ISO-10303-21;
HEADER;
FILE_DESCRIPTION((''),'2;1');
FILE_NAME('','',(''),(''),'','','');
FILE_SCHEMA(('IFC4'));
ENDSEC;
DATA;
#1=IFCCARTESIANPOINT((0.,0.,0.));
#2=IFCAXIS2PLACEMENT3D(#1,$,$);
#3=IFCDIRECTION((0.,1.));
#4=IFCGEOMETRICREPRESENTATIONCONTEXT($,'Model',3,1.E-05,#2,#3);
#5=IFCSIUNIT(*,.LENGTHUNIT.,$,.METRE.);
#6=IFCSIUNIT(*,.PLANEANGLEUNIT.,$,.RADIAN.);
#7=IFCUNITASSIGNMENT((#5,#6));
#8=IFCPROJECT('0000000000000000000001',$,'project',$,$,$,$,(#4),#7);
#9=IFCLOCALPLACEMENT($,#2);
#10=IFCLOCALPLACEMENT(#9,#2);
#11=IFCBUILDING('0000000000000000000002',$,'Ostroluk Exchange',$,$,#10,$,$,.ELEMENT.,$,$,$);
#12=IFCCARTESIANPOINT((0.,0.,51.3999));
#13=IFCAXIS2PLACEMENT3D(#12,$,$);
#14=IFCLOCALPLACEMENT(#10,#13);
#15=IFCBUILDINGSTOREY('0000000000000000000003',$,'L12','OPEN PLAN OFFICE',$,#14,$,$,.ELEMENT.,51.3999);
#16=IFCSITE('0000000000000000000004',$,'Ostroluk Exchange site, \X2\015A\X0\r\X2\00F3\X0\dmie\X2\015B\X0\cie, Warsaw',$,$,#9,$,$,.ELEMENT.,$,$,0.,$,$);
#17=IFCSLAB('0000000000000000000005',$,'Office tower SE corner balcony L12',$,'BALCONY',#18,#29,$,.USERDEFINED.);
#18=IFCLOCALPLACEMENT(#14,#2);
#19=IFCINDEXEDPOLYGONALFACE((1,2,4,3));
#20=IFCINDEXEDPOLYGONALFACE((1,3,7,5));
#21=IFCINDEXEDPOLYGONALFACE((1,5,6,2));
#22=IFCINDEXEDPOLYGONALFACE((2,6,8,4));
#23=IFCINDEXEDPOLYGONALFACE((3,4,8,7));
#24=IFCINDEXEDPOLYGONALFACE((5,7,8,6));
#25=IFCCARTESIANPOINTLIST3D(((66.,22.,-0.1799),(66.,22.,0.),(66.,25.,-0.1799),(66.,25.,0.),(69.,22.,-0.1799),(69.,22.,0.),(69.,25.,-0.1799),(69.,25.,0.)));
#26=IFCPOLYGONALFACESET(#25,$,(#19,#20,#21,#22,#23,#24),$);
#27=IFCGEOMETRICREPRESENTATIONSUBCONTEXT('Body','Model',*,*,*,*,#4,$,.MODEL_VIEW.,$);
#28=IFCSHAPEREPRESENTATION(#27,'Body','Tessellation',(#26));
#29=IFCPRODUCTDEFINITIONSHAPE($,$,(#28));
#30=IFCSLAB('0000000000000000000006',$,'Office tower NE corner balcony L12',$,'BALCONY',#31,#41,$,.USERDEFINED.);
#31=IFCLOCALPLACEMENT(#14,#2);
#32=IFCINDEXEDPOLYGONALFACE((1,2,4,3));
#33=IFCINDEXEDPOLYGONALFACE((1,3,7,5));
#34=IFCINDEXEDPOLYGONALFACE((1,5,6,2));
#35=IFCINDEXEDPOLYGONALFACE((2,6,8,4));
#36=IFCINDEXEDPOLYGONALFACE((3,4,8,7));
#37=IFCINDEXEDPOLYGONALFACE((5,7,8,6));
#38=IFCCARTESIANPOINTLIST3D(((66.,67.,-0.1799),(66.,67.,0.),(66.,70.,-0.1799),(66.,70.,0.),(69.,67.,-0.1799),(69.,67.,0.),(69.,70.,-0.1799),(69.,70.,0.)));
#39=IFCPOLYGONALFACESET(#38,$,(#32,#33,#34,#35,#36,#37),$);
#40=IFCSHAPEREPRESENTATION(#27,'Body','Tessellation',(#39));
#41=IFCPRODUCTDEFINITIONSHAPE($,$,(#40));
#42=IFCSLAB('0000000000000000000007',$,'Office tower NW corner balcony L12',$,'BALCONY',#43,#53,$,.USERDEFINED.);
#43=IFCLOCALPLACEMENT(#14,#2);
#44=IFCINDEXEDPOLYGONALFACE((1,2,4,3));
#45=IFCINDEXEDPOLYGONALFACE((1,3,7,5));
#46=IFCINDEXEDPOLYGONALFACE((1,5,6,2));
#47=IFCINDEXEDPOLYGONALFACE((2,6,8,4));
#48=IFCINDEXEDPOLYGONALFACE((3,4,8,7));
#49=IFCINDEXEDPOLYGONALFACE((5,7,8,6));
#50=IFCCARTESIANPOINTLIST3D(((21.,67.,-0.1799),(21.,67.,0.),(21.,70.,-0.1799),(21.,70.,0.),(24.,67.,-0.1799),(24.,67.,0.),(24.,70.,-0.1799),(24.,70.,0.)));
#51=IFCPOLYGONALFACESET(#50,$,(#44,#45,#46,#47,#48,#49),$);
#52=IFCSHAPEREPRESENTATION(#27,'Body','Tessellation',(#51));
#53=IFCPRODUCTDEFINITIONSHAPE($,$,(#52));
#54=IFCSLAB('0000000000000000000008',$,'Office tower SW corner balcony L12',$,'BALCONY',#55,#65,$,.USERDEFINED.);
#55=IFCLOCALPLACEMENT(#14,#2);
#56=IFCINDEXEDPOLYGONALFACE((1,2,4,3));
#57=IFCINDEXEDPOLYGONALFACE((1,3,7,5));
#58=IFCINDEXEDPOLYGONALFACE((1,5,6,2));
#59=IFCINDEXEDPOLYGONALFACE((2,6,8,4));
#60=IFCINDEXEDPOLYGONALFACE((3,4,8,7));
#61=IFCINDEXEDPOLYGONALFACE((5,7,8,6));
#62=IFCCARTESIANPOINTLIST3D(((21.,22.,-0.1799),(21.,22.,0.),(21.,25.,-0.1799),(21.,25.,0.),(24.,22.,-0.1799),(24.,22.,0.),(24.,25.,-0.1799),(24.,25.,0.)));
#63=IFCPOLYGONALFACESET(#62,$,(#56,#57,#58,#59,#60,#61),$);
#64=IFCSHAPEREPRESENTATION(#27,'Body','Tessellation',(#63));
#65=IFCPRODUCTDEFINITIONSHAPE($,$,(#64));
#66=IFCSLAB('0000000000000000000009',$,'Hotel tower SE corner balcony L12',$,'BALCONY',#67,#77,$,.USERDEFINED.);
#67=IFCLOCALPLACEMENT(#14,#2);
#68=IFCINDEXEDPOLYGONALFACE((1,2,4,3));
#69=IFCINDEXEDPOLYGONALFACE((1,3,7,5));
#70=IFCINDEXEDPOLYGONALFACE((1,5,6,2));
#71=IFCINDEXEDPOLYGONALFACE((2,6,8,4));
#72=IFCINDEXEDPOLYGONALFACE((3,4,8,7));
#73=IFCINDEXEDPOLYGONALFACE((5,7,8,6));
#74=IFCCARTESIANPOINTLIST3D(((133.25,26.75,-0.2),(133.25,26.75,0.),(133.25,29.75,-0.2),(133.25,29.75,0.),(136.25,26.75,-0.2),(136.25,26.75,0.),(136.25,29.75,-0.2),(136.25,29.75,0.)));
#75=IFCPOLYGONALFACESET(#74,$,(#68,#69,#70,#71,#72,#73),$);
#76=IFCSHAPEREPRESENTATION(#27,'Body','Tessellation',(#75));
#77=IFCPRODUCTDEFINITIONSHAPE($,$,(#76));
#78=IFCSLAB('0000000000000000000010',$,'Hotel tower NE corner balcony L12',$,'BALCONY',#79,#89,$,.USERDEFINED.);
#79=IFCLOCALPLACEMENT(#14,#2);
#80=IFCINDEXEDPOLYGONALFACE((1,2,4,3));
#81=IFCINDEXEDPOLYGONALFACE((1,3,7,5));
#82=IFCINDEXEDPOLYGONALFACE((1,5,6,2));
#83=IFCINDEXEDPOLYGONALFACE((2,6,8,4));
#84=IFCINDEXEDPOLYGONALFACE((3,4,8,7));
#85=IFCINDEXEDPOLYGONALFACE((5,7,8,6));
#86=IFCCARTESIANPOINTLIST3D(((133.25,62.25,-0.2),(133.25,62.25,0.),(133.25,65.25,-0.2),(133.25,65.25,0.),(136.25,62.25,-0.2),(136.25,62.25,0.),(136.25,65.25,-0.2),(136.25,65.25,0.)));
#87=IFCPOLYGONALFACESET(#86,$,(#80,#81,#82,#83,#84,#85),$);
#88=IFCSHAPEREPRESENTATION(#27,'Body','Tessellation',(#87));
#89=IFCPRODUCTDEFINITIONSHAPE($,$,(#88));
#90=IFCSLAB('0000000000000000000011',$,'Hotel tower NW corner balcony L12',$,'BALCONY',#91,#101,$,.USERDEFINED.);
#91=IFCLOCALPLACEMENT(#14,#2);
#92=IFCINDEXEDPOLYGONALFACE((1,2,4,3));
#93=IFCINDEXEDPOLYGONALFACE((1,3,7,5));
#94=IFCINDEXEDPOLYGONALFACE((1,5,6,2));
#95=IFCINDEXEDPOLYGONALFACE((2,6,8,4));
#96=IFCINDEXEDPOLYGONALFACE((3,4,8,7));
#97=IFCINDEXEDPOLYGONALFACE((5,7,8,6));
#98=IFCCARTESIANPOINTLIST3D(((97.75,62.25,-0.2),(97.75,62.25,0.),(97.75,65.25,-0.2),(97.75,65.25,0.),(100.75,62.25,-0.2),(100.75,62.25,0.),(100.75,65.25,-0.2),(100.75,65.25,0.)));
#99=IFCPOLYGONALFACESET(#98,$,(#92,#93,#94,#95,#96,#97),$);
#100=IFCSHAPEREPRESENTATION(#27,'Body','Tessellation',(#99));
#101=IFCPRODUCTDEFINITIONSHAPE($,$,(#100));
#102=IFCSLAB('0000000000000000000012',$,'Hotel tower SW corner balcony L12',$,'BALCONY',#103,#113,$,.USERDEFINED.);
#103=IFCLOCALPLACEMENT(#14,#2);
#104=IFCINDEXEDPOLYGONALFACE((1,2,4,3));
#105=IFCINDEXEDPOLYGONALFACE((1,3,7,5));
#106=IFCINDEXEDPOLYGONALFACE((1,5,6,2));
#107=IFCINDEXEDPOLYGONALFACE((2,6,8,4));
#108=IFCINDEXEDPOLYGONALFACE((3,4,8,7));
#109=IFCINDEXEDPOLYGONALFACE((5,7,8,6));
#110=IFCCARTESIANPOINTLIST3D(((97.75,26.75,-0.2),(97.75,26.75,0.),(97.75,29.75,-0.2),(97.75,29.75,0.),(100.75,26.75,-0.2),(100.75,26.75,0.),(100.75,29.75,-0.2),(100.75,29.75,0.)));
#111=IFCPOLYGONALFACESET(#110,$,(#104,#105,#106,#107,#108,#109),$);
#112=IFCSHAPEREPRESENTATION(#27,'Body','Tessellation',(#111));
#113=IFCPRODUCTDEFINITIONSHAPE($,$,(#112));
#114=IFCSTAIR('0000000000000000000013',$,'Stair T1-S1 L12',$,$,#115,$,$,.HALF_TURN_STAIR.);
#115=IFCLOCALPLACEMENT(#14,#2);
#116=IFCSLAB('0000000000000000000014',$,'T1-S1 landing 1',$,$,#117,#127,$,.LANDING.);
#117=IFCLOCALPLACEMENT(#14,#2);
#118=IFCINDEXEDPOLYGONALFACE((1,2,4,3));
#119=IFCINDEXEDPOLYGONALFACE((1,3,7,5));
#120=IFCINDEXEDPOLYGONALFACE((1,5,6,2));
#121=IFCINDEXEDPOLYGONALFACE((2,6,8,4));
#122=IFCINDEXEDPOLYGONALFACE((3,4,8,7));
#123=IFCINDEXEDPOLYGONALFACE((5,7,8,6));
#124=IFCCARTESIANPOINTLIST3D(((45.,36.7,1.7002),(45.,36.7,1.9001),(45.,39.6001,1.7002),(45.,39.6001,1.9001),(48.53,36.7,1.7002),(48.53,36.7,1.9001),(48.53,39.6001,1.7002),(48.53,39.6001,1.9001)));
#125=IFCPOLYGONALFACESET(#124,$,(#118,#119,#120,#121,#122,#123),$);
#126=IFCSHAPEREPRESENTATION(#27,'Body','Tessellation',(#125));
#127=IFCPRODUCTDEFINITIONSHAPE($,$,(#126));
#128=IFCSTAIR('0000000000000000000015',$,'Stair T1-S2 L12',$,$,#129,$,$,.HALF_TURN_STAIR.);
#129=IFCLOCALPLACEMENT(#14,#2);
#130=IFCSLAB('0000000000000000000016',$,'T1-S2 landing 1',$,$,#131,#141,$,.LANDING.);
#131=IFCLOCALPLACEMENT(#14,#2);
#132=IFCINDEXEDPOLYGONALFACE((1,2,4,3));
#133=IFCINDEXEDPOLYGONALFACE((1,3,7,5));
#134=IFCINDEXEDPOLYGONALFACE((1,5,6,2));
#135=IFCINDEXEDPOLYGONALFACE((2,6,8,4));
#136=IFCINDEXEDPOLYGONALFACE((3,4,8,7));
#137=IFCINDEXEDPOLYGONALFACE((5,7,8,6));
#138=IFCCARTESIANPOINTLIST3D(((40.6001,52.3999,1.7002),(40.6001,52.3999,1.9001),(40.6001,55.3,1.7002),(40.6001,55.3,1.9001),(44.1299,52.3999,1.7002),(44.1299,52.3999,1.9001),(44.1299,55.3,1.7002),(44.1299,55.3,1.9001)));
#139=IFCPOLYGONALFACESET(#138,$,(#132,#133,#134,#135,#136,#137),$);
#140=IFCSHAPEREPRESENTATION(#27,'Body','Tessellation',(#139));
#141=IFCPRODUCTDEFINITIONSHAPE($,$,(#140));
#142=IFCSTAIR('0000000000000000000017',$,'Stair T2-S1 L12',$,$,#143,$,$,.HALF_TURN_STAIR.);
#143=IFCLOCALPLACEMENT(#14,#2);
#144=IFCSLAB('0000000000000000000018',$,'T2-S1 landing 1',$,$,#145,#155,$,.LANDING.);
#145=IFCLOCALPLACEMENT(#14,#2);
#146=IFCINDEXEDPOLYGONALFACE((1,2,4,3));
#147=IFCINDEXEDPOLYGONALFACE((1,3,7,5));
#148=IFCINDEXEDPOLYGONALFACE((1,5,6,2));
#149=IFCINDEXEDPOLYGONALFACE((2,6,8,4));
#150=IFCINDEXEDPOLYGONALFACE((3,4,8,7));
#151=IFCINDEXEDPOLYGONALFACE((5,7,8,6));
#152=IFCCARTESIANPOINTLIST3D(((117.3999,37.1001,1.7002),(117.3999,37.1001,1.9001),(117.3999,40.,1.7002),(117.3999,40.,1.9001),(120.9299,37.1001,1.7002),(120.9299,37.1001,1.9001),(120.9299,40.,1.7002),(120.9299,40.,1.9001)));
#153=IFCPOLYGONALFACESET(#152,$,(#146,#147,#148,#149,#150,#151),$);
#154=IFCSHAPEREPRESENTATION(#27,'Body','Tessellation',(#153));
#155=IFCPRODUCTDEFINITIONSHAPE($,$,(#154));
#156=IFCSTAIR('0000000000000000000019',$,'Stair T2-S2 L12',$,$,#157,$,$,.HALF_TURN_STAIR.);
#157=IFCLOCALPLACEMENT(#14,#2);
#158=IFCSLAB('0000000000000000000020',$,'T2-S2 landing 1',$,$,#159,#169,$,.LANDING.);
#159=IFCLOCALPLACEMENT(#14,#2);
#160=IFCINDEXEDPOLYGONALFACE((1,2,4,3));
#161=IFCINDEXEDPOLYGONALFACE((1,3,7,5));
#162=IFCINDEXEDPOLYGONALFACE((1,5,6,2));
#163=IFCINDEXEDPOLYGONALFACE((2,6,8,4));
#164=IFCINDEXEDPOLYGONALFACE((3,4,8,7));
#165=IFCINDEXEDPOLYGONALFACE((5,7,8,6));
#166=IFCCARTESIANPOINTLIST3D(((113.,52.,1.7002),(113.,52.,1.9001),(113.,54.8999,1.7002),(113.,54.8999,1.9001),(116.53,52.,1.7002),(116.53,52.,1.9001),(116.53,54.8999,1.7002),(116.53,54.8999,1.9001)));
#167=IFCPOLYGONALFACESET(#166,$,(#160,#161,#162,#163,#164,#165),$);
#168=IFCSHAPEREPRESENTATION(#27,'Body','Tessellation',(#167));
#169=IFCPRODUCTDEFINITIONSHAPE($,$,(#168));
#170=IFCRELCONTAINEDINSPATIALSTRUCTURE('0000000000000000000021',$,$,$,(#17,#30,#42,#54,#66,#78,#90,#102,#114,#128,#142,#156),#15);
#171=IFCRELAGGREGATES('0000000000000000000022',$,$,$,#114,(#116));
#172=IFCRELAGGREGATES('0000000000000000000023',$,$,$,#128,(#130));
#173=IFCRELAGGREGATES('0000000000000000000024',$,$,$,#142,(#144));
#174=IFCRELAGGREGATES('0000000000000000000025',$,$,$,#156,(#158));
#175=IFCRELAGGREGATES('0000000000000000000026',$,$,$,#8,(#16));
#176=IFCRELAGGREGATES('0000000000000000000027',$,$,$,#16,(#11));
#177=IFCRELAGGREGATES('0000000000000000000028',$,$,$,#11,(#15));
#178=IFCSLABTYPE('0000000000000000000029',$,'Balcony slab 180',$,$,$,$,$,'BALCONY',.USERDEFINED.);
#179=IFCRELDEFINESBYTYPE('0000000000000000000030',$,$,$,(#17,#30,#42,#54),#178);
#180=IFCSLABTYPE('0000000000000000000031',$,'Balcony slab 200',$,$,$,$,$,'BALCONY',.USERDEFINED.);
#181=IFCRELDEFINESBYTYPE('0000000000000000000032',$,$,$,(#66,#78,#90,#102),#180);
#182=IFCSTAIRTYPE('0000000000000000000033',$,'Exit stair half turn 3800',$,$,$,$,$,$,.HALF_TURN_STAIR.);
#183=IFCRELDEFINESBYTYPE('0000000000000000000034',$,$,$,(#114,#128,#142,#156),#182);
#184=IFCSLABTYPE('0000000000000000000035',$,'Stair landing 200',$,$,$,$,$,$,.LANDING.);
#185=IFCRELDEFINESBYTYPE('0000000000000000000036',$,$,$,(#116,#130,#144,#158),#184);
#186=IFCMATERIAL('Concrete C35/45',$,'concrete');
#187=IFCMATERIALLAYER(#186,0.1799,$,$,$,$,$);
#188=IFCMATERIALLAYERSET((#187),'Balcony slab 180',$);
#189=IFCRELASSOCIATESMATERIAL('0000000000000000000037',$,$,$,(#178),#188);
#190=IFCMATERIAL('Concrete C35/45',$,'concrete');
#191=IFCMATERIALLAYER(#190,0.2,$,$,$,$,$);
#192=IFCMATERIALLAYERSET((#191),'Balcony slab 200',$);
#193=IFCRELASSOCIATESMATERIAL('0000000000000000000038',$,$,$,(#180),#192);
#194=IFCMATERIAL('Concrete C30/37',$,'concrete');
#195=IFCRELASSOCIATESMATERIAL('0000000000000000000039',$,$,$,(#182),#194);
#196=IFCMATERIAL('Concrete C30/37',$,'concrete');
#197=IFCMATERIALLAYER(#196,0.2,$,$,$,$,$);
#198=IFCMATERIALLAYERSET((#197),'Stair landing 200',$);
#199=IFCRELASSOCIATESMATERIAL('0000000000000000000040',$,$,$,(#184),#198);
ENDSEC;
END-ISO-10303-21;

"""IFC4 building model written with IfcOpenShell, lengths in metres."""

from ifc_helpers import new_model, si_unit, direction, frame, origin, place, context, subcontext, project, spatial, polyline, outline, extrude, material, layer, layer_set, type_object, element, aggregate, save


model = new_model("IFC4")

# Units and contexts
model_context = context("Model", 3, precision=1e-05, world=origin(), true_north=direction((0.0, 1.0)))
body_context = subcontext(model_context, "Body", "Model", "MODEL_VIEW")
ifc_project = project(units=[si_unit("LENGTHUNIT", "METRE"), si_unit("PLANEANGLEUNIT", "RADIAN")], contexts=[model_context])

# Site, building, storey
site_placement = place(None, origin())
site = spatial("IfcSite", under=ifc_project, at=site_placement, Name="Ostroluk Exchange site, Śródmieście, Warsaw", CompositionType="ELEMENT", RefElevation=0.0)
building_placement = place(site_placement, origin())
building = spatial("IfcBuilding", under=site, at=building_placement, Name="Ostroluk Exchange", CompositionType="ELEMENT")
storey_placement = place(building_placement, frame((0.0, 0.0, 51.3999)))
storey = spatial("IfcBuildingStorey", under=building, at=storey_placement, Name="L12", Description="OPEN PLAN OFFICE", CompositionType="ELEMENT", Elevation=51.3999)

# Slabs
ifc_material_1 = material(Name="Concrete C35/45", Category="concrete")
ifc_layer_1 = layer(ifc_material_1, 0.1799)
ifc_layer_set_1 = layer_set([ifc_layer_1], Name="Balcony slab 180")
slab_type_1 = type_object("IfcSlabType", Name="Balcony slab 180", ElementType="BALCONY", PredefinedType="USERDEFINED", material=ifc_layer_set_1)
slab_1_placement = place(storey_placement, frame((0.0, 0.0, -0.1799)))
element("IfcSlab", 1, at=slab_1_placement, inside=storey, type_object=slab_type_1, Name="Office tower SE corner balcony L12", ObjectType="BALCONY", PredefinedType="USERDEFINED", context=body_context, shape_type="SweptSolid", body=[
    extrude(outline(polyline([(66.0, 22.0), (69.0, 22.0), (69.0, 25.0), (66.0, 25.0), (66.0, 22.0)])), origin(), (0.0, 0.0, 1.0), 0.1799),
])
slab_2_placement = place(storey_placement, frame((0.0, 0.0, -0.1799)))
element("IfcSlab", 2, at=slab_2_placement, inside=storey, type_object=slab_type_1, Name="Office tower NE corner balcony L12", ObjectType="BALCONY", PredefinedType="USERDEFINED", context=body_context, shape_type="SweptSolid", body=[
    extrude(outline(polyline([(66.0, 67.0), (69.0, 67.0), (69.0, 70.0), (66.0, 70.0), (66.0, 67.0)])), origin(), (0.0, 0.0, 1.0), 0.1799),
])
slab_3_placement = place(storey_placement, frame((0.0, 0.0, -0.1799)))
element("IfcSlab", 3, at=slab_3_placement, inside=storey, type_object=slab_type_1, Name="Office tower NW corner balcony L12", ObjectType="BALCONY", PredefinedType="USERDEFINED", context=body_context, shape_type="SweptSolid", body=[
    extrude(outline(polyline([(21.0, 67.0), (24.0, 67.0), (24.0, 70.0), (21.0, 70.0), (21.0, 67.0)])), origin(), (0.0, 0.0, 1.0), 0.1799),
])
slab_4_placement = place(storey_placement, frame((0.0, 0.0, -0.1799)))
element("IfcSlab", 4, at=slab_4_placement, inside=storey, type_object=slab_type_1, Name="Office tower SW corner balcony L12", ObjectType="BALCONY", PredefinedType="USERDEFINED", context=body_context, shape_type="SweptSolid", body=[
    extrude(outline(polyline([(21.0, 22.0), (24.0, 22.0), (24.0, 25.0), (21.0, 25.0), (21.0, 22.0)])), origin(), (0.0, 0.0, 1.0), 0.1799),
])
ifc_material_2 = material(Name="Concrete C35/45", Category="concrete")
ifc_layer_2 = layer(ifc_material_2, 0.2)
ifc_layer_set_2 = layer_set([ifc_layer_2], Name="Balcony slab 200")
slab_type_2 = type_object("IfcSlabType", Name="Balcony slab 200", ElementType="BALCONY", PredefinedType="USERDEFINED", material=ifc_layer_set_2)
slab_5_placement = place(storey_placement, frame((0.0, 0.0, -0.2)))
element("IfcSlab", 5, at=slab_5_placement, inside=storey, type_object=slab_type_2, Name="Hotel tower SE corner balcony L12", ObjectType="BALCONY", PredefinedType="USERDEFINED", context=body_context, shape_type="SweptSolid", body=[
    extrude(outline(polyline([(133.25, 26.75), (136.25, 26.75), (136.25, 29.75), (133.25, 29.75), (133.25, 26.75)])), origin(), (0.0, 0.0, 1.0), 0.2),
])
slab_6_placement = place(storey_placement, frame((0.0, 0.0, -0.2)))
element("IfcSlab", 6, at=slab_6_placement, inside=storey, type_object=slab_type_2, Name="Hotel tower NE corner balcony L12", ObjectType="BALCONY", PredefinedType="USERDEFINED", context=body_context, shape_type="SweptSolid", body=[
    extrude(outline(polyline([(133.25, 62.25), (136.25, 62.25), (136.25, 65.25), (133.25, 65.25), (133.25, 62.25)])), origin(), (0.0, 0.0, 1.0), 0.2),
])
slab_7_placement = place(storey_placement, frame((0.0, 0.0, -0.2)))
element("IfcSlab", 7, at=slab_7_placement, inside=storey, type_object=slab_type_2, Name="Hotel tower NW corner balcony L12", ObjectType="BALCONY", PredefinedType="USERDEFINED", context=body_context, shape_type="SweptSolid", body=[
    extrude(outline(polyline([(97.75, 62.25), (100.75, 62.25), (100.75, 65.25), (97.75, 65.25), (97.75, 62.25)])), origin(), (0.0, 0.0, 1.0), 0.2),
])
slab_8_placement = place(storey_placement, frame((0.0, 0.0, -0.2)))
element("IfcSlab", 8, at=slab_8_placement, inside=storey, type_object=slab_type_2, Name="Hotel tower SW corner balcony L12", ObjectType="BALCONY", PredefinedType="USERDEFINED", context=body_context, shape_type="SweptSolid", body=[
    extrude(outline(polyline([(97.75, 26.75), (100.75, 26.75), (100.75, 29.75), (97.75, 29.75), (97.75, 26.75)])), origin(), (0.0, 0.0, 1.0), 0.2),
])

# Stairs, slabs
ifc_material_3 = material(Name="Concrete C30/37", Category="concrete")
stair_type = type_object("IfcStairType", Name="Exit stair half turn 3800", PredefinedType="HALF_TURN_STAIR", material=ifc_material_3)
stair_1_placement = place(storey_placement, origin())
stair_1 = element("IfcStair", 9, at=stair_1_placement, inside=storey, type_object=stair_type, Name="Stair T1-S1 L12", PredefinedType="HALF_TURN_STAIR")
ifc_material_4 = material(Name="Concrete C30/37", Category="concrete")
ifc_layer_3 = layer(ifc_material_4, 0.2)
ifc_layer_set_3 = layer_set([ifc_layer_3], Name="Stair landing 200")
slab_type_3 = type_object("IfcSlabType", Name="Stair landing 200", PredefinedType="LANDING", material=ifc_layer_set_3)
slab_9_placement = place(storey_placement, frame((0.0, 0.0, 1.7002)))
slab_9 = element("IfcSlab", 10, at=slab_9_placement, type_object=slab_type_3, Name="T1-S1 landing 1", PredefinedType="LANDING", context=body_context, shape_type="SweptSolid", body=[
    extrude(outline(polyline([(45.0, 36.7), (45.0, 39.6001), (48.53, 39.6001), (48.53, 36.7), (45.0, 36.7)])), origin(), (0.0, 0.0, 1.0), 0.2),
])
aggregate(stair_1, [slab_9])
stair_2_placement = place(storey_placement, origin())
stair_2 = element("IfcStair", 11, at=stair_2_placement, inside=storey, type_object=stair_type, Name="Stair T1-S2 L12", PredefinedType="HALF_TURN_STAIR")
slab_10_placement = place(storey_placement, frame((0.0, 0.0, 1.7002)))
slab_10 = element("IfcSlab", 12, at=slab_10_placement, type_object=slab_type_3, Name="T1-S2 landing 1", PredefinedType="LANDING", context=body_context, shape_type="SweptSolid", body=[
    extrude(outline(polyline([(44.1299, 52.3999), (44.1299, 55.3), (40.6001, 55.3), (40.6001, 52.3999), (44.1299, 52.3999)])), origin(), (0.0, 0.0, 1.0), 0.2),
])
aggregate(stair_2, [slab_10])
stair_3_placement = place(storey_placement, origin())
stair_3 = element("IfcStair", 13, at=stair_3_placement, inside=storey, type_object=stair_type, Name="Stair T2-S1 L12", PredefinedType="HALF_TURN_STAIR")
slab_11_placement = place(storey_placement, frame((0.0, 0.0, 1.7002)))
slab_11 = element("IfcSlab", 14, at=slab_11_placement, type_object=slab_type_3, Name="T2-S1 landing 1", PredefinedType="LANDING", context=body_context, shape_type="SweptSolid", body=[
    extrude(outline(polyline([(117.3999, 37.1001), (117.3999, 40.0), (120.9299, 40.0), (120.9299, 37.1001), (117.3999, 37.1001)])), origin(), (0.0, 0.0, 1.0), 0.2),
])
aggregate(stair_3, [slab_11])
stair_4_placement = place(storey_placement, origin())
stair_4 = element("IfcStair", 15, at=stair_4_placement, inside=storey, type_object=stair_type, Name="Stair T2-S2 L12", PredefinedType="HALF_TURN_STAIR")
slab_12_placement = place(storey_placement, frame((0.0, 0.0, 1.7002)))
slab_12 = element("IfcSlab", 16, at=slab_12_placement, type_object=slab_type_3, Name="T2-S2 landing 1", PredefinedType="LANDING", context=body_context, shape_type="SweptSolid", body=[
    extrude(outline(polyline([(116.53, 52.0), (116.53, 54.8999), (113.0, 54.8999), (113.0, 52.0), (116.53, 52.0)])), origin(), (0.0, 0.0, 1.0), 0.2),
])
aggregate(stair_4, [slab_12])

save(model, "model.ifc")
